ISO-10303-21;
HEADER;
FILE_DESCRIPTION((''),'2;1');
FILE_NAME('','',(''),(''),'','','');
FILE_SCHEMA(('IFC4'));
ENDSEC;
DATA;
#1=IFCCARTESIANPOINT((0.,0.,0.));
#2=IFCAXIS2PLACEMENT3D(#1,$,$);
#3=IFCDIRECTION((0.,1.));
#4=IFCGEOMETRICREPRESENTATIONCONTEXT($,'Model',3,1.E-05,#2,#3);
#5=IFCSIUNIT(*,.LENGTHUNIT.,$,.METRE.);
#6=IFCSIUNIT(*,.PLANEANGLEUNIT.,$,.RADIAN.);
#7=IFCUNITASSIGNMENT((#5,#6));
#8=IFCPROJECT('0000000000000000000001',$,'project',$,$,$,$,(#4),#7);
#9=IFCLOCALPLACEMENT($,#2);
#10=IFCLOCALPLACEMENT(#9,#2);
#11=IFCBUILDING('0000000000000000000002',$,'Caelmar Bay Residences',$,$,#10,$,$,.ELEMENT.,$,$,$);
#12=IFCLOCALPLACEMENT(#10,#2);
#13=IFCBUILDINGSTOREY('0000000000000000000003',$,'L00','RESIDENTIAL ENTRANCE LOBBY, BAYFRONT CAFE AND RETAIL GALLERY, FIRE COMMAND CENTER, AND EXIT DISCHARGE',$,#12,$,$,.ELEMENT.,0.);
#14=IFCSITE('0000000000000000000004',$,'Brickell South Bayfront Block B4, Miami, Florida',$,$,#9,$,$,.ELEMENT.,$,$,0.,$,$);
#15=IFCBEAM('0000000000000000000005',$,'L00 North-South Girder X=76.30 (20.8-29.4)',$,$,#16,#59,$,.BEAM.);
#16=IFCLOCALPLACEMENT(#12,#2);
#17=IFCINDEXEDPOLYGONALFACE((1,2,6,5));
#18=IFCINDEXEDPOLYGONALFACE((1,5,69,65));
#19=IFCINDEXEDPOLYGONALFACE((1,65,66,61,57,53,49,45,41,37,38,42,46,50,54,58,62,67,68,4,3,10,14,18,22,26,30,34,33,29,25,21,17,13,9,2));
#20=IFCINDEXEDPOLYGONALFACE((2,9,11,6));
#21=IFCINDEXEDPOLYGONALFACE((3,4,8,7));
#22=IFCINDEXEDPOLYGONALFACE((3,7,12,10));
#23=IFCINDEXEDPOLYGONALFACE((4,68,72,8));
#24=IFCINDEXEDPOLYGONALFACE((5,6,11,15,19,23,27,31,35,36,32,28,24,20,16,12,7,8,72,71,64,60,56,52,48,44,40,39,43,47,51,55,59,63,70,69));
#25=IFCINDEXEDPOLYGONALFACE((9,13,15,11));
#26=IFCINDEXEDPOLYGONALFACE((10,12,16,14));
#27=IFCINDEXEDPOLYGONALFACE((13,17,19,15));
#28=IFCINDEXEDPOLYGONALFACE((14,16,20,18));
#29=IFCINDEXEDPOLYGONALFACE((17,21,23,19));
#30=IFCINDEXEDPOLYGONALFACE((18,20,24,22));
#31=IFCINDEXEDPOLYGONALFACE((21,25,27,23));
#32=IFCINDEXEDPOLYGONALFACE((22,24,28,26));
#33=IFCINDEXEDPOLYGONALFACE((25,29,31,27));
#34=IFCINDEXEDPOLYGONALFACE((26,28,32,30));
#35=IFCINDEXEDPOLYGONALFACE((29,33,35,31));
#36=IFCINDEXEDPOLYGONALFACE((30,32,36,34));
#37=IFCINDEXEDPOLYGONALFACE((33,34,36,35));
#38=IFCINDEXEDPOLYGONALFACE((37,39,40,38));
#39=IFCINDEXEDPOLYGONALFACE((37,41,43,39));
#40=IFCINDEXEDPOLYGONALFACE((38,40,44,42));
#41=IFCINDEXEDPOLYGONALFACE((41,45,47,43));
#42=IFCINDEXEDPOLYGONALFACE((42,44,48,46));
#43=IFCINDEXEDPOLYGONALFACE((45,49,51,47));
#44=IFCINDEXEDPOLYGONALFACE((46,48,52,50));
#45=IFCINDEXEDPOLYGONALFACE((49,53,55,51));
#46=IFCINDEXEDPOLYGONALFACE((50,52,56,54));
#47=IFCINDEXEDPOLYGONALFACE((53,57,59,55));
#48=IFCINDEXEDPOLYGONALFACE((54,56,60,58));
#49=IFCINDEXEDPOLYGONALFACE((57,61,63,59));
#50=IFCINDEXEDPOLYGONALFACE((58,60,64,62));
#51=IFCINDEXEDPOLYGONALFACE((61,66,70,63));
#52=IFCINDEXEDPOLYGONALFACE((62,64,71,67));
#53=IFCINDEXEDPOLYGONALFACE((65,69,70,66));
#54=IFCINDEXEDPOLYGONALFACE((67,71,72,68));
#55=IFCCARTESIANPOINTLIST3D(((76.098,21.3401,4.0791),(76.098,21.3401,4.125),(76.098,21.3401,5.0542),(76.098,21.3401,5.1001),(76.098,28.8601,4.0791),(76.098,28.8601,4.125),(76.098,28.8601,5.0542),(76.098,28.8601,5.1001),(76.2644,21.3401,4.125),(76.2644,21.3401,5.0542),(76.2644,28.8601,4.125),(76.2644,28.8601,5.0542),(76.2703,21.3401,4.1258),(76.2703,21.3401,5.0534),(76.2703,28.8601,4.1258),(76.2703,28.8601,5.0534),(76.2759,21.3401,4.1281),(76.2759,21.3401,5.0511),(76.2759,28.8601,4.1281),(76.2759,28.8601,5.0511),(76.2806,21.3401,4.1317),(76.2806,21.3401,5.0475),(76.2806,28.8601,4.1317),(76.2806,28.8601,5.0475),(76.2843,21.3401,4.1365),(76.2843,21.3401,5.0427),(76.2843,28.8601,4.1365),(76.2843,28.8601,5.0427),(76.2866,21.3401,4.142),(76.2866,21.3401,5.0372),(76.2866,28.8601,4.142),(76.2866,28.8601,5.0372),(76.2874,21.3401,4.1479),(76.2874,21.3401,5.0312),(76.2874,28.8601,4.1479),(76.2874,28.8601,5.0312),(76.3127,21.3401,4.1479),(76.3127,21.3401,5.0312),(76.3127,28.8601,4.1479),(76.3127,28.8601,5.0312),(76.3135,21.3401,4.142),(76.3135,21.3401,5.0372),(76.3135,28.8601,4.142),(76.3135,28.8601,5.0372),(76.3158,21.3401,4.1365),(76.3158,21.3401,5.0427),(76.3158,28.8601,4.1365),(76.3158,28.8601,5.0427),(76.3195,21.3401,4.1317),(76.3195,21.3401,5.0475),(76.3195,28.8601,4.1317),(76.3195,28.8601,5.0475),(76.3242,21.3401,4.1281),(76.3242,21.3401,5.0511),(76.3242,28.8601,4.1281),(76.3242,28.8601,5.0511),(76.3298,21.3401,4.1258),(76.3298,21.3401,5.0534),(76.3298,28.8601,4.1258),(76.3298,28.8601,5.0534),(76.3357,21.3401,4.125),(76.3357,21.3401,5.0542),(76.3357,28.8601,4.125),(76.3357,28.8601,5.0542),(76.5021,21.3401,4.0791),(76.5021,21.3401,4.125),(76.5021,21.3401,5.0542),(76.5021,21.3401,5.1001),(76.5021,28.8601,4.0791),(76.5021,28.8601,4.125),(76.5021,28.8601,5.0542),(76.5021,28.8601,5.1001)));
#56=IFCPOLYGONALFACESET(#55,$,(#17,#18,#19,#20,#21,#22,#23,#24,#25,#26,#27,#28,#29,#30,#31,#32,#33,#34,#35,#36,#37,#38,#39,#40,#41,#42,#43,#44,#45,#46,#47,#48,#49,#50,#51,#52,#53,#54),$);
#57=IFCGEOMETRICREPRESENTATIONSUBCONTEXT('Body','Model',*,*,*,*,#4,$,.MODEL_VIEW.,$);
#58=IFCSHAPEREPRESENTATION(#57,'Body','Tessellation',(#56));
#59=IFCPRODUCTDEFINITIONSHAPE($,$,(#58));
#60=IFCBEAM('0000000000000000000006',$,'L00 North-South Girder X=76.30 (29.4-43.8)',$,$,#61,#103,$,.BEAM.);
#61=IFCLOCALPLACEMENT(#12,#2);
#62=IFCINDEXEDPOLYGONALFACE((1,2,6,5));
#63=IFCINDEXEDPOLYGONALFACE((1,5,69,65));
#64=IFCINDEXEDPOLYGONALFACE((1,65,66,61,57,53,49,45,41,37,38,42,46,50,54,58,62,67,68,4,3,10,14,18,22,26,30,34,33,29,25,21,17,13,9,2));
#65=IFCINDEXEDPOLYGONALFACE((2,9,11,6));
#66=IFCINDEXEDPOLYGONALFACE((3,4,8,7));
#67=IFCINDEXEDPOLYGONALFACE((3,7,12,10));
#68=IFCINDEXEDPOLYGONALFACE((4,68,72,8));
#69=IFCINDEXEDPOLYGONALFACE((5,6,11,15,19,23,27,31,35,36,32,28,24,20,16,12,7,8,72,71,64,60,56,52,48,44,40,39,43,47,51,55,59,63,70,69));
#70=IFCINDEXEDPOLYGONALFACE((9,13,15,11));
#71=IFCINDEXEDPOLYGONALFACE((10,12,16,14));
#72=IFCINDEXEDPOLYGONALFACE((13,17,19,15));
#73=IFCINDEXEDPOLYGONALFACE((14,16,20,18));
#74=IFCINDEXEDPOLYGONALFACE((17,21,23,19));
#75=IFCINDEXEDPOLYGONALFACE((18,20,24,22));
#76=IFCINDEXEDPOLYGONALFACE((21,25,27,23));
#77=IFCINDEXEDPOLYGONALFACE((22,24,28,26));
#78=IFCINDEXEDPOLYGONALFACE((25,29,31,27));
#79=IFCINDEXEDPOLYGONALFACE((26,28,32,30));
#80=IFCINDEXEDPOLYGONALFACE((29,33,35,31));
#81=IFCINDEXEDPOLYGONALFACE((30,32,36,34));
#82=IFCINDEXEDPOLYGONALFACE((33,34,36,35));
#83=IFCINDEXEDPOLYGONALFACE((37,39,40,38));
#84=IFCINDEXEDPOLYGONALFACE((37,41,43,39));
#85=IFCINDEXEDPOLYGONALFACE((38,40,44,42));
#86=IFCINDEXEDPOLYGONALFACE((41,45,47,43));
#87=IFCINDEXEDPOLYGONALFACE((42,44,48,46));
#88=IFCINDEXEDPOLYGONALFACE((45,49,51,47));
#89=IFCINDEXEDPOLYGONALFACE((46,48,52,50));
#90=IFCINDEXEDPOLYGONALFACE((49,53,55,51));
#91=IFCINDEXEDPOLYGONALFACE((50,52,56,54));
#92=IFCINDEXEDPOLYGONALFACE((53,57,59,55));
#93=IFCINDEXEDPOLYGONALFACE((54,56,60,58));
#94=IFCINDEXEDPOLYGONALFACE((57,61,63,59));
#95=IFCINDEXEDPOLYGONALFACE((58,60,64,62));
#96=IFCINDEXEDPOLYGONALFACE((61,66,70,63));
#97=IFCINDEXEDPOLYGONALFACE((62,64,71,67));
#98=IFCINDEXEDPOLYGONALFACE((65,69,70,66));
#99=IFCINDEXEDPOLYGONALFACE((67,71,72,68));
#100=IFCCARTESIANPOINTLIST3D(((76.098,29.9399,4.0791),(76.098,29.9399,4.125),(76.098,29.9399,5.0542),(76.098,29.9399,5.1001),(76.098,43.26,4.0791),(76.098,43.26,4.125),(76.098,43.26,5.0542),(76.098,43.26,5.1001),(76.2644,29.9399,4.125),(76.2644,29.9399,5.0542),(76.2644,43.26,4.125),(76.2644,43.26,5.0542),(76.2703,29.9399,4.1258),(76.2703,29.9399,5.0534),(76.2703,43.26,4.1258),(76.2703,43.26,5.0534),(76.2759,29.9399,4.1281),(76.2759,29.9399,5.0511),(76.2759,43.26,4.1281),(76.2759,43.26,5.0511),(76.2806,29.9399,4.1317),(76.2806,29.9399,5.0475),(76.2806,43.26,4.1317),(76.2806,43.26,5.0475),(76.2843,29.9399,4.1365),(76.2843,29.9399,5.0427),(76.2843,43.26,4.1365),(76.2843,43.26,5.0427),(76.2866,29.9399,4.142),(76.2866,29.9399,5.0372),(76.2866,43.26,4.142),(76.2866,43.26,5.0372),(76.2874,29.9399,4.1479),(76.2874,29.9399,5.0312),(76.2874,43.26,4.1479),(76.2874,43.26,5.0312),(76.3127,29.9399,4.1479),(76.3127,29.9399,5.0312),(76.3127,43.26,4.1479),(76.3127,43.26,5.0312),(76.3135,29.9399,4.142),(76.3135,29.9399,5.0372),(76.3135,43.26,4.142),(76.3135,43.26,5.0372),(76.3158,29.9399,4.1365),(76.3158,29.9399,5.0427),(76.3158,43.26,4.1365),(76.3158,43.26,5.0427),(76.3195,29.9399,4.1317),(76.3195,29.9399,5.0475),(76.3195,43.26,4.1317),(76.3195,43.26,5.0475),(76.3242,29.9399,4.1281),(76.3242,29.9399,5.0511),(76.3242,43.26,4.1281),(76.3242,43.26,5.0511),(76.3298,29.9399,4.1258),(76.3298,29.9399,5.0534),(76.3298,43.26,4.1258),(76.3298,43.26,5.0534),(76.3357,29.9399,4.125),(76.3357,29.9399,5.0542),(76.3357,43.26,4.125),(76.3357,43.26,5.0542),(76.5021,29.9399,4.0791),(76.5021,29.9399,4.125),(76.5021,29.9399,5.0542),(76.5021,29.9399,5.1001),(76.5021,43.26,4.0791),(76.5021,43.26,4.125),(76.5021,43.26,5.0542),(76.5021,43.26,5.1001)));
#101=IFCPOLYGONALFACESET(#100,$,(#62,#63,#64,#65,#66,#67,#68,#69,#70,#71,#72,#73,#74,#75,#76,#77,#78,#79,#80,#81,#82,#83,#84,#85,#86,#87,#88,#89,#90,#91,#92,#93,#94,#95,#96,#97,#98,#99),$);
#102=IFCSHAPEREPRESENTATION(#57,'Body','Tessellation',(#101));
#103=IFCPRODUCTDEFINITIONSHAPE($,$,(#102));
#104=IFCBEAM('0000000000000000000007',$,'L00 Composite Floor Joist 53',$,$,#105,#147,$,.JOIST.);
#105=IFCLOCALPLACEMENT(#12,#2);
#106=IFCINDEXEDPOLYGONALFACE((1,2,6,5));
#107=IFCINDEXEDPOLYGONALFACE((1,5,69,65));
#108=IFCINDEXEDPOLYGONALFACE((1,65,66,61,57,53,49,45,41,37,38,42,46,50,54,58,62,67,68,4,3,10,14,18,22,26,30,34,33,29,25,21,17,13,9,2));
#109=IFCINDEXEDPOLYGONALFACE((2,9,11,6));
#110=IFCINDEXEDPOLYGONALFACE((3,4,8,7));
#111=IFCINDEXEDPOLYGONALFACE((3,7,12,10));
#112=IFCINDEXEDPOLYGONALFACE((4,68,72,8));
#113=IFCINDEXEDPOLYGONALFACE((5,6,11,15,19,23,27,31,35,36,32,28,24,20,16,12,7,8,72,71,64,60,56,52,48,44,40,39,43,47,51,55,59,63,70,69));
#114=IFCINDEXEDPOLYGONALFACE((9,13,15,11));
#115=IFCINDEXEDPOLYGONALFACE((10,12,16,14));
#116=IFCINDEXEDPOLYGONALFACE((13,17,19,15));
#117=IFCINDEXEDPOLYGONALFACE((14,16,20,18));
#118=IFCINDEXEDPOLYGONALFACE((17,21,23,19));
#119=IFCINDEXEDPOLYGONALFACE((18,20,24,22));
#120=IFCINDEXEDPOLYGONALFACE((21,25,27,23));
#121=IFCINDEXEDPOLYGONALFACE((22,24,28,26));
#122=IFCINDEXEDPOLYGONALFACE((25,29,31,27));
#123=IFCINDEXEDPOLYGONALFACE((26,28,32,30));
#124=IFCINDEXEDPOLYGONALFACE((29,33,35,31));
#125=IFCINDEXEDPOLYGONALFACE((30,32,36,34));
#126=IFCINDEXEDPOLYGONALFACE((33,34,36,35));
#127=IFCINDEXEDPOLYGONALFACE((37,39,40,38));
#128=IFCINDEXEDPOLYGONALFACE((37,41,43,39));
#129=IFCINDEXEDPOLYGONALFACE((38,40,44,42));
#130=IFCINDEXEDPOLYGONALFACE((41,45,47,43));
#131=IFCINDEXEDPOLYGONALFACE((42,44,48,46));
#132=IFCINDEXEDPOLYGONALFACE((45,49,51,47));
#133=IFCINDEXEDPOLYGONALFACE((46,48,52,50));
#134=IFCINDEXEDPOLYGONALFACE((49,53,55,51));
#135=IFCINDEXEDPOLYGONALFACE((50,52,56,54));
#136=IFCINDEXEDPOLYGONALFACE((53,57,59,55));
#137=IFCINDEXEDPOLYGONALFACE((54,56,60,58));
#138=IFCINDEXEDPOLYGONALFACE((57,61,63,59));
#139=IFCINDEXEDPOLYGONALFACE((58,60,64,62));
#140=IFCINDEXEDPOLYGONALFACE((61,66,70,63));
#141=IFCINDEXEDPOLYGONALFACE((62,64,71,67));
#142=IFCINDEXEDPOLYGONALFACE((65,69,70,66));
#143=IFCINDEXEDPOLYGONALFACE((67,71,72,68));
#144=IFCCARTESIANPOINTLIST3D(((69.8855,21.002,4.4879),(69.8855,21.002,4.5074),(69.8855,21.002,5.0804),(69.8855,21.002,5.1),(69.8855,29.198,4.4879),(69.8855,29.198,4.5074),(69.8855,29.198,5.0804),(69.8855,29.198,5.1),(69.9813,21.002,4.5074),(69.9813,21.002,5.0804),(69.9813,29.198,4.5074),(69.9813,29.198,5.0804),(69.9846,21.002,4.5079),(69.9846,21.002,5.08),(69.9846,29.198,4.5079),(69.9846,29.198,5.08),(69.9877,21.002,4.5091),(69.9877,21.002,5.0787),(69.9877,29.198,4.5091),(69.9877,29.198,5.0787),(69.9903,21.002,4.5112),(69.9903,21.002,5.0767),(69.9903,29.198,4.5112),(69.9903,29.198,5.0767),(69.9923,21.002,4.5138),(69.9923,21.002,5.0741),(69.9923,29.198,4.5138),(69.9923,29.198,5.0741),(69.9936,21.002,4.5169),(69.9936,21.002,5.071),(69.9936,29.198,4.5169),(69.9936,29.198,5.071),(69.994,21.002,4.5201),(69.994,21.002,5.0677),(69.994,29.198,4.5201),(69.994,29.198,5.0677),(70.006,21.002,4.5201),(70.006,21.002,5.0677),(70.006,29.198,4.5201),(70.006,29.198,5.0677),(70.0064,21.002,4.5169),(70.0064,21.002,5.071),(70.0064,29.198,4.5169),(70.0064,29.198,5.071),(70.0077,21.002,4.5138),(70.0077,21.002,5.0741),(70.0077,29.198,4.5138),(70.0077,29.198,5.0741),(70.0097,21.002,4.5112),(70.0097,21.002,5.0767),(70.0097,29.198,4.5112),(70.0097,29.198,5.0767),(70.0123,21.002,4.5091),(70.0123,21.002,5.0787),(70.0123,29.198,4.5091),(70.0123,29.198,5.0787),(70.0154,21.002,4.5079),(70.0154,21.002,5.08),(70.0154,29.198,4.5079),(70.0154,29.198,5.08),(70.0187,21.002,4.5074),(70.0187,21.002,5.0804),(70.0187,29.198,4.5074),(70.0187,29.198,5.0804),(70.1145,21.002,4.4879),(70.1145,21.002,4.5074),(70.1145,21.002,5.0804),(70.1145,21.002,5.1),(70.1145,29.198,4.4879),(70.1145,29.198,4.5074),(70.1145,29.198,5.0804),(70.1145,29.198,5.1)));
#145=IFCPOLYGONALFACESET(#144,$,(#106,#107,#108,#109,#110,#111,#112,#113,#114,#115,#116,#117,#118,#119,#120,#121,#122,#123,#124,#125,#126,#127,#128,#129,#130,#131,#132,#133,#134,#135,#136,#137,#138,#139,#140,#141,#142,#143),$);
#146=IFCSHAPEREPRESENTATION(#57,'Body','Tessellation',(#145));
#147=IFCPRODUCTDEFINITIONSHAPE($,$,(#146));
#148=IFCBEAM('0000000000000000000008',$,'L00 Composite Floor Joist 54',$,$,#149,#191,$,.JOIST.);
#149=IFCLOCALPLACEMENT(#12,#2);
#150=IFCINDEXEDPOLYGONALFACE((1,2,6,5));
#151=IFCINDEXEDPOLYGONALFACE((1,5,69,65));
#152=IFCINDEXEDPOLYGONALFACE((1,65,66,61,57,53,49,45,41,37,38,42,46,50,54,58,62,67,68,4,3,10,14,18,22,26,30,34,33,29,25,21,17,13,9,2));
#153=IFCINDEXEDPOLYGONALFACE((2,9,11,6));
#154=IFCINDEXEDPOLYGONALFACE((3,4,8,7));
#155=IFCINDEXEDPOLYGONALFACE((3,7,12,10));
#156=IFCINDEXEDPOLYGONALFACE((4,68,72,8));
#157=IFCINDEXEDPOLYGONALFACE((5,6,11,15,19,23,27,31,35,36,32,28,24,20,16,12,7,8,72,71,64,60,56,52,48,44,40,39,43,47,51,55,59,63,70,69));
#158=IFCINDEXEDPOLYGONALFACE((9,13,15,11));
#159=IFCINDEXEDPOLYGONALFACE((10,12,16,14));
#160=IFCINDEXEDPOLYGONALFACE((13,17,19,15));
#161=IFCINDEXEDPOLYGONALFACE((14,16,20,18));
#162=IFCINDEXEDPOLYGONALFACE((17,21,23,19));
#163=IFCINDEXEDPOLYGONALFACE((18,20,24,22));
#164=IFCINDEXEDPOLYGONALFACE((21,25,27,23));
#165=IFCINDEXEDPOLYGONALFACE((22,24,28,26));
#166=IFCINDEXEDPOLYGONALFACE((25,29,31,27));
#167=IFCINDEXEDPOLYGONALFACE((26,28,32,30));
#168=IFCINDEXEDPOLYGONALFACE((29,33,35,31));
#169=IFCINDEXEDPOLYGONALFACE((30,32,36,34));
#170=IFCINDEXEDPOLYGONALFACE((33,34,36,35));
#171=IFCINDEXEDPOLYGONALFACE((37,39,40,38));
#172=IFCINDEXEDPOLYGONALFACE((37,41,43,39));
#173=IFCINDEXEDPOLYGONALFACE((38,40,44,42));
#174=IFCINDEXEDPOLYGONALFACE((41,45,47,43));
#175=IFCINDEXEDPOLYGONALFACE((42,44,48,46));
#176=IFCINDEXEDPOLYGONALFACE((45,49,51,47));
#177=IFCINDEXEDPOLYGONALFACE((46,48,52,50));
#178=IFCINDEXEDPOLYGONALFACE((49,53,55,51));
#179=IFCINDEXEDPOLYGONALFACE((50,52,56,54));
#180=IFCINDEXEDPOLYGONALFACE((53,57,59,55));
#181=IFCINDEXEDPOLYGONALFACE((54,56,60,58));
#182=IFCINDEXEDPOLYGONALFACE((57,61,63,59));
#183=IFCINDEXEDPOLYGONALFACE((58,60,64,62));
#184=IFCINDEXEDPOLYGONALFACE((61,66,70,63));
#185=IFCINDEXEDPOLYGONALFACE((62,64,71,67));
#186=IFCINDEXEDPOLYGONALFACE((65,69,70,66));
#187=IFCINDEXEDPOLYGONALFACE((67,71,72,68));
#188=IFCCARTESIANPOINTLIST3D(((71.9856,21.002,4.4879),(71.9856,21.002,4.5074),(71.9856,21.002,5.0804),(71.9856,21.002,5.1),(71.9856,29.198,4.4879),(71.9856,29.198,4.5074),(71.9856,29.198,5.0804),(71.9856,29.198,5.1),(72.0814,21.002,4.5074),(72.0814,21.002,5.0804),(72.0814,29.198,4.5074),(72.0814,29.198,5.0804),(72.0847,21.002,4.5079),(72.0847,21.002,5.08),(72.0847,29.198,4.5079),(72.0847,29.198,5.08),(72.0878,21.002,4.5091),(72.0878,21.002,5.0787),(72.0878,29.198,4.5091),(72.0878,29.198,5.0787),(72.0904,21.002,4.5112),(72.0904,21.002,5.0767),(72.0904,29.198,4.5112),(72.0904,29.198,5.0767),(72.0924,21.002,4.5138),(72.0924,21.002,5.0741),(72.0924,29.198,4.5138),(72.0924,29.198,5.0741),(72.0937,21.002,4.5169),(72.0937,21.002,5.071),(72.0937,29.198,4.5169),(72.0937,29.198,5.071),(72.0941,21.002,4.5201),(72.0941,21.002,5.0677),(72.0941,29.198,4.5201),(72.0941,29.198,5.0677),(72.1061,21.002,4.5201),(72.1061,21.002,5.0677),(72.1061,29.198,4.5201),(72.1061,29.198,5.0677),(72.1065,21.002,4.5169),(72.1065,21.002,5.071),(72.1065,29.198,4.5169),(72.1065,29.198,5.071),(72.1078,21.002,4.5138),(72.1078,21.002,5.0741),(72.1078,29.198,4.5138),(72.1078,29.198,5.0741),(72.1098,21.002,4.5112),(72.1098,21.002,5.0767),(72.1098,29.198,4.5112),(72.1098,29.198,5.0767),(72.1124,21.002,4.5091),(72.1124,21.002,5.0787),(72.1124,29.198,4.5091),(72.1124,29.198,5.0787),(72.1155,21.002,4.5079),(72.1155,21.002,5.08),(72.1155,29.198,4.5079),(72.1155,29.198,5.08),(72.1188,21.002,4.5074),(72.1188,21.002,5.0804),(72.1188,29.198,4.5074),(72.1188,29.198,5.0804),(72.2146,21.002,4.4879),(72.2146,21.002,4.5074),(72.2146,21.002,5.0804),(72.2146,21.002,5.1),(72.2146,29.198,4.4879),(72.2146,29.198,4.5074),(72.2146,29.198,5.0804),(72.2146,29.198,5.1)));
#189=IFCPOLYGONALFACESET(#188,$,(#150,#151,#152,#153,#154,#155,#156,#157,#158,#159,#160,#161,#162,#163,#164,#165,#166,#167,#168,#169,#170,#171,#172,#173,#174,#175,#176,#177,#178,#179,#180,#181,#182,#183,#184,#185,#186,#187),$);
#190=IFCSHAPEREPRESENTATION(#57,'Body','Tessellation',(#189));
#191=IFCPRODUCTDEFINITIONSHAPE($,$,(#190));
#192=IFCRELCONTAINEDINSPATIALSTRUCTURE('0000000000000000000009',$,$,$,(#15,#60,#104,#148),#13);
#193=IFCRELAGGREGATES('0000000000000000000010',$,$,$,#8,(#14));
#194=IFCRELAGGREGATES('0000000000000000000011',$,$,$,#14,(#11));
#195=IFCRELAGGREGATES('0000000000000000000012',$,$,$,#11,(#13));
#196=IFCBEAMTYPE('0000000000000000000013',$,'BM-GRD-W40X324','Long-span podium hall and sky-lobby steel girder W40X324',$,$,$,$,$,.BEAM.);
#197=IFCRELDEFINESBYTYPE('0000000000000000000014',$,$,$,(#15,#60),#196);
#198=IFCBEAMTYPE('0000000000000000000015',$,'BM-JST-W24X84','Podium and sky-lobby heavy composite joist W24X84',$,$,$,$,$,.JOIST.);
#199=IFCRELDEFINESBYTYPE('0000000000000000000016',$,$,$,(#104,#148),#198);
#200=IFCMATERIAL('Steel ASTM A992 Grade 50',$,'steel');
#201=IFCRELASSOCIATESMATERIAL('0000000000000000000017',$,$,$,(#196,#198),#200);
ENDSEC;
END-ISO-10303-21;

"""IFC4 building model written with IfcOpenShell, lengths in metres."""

from ifc_helpers import new_model, si_unit, direction, frame, origin, origin_2d, place, context, subcontext, project, spatial, i_section, extrude, material, material_profile, profile_set, type_object, element, save


model = new_model("IFC4")

# Units and contexts
model_context = context("Model", 3, precision=1e-05, world=origin(), true_north=direction((0.0, 1.0)))
body_context = subcontext(model_context, "Body", "Model", "MODEL_VIEW")
ifc_project = project(units=[si_unit("LENGTHUNIT", "METRE"), si_unit("PLANEANGLEUNIT", "RADIAN")], contexts=[model_context])

# Site, building, storey
site_placement = place(None, origin())
site = spatial("IfcSite", under=ifc_project, at=site_placement, Name="Brickell South Bayfront Block B4, Miami, Florida", CompositionType="ELEMENT", RefElevation=0.0)
building_placement = place(site_placement, origin())
building = spatial("IfcBuilding", under=site, at=building_placement, Name="Caelmar Bay Residences", CompositionType="ELEMENT")
storey_placement = place(building_placement, origin())
storey = spatial("IfcBuildingStorey", under=building, at=storey_placement, Name="L00", Description="RESIDENTIAL ENTRANCE LOBBY, BAYFRONT CAFE AND RETAIL GALLERY, FIRE COMMAND CENTER, AND EXIT DISCHARGE", CompositionType="ELEMENT", Elevation=0.0)

# Beams
ifc_material_1 = material(Name="Steel ASTM A992 Grade 50", Category="steel")
ifc_material_profile_1 = material_profile(ifc_material_1, i_section(OverallWidth=0.4041, OverallDepth=1.021, WebThickness=0.0254, FlangeThickness=0.0459, FilletRadius=0.0229, at=origin_2d()), Name="W40X324")
ifc_profile_set_1 = profile_set([ifc_material_profile_1], Name="Steel ASTM A992 Grade 50")
beam_type_1 = type_object("IfcBeamType", Name="BM-GRD-W40X324", Description="Long-span podium hall and sky-lobby steel girder W40X324", PredefinedType="BEAM", material=ifc_profile_set_1)
beam_1_placement = place(storey_placement, frame((76.3, 21.3401, 4.5896), z_axis=(0.0, 1.0, 0.0), x_axis=(-1.0, 0.0, 0.0)))
element("IfcBeam", 1, at=beam_1_placement, inside=storey, type_object=beam_type_1, Name="L00 North-South Girder X=76.30 (20.8-29.4)", PredefinedType="BEAM", context=body_context, shape_type="SweptSolid", body=[
    extrude(i_section(OverallWidth=0.4041, OverallDepth=1.021, WebThickness=0.0254, FlangeThickness=0.0459, FilletRadius=0.0229, at=origin_2d()), origin(), (0.0, 0.0, 1.0), 7.52),
])
beam_2_placement = place(storey_placement, frame((76.3, 29.9399, 4.5896), z_axis=(0.0, 1.0, 0.0), x_axis=(-1.0, 0.0, 0.0)))
element("IfcBeam", 2, at=beam_2_placement, inside=storey, type_object=beam_type_1, Name="L00 North-South Girder X=76.30 (29.4-43.8)", PredefinedType="BEAM", context=body_context, shape_type="SweptSolid", body=[
    extrude(i_section(OverallWidth=0.4041, OverallDepth=1.021, WebThickness=0.0254, FlangeThickness=0.0459, FilletRadius=0.0229, at=origin_2d()), origin(), (0.0, 0.0, 1.0), 13.3201),
])
ifc_material_profile_2 = material_profile(ifc_material_1, i_section(OverallWidth=0.229, OverallDepth=0.6121, WebThickness=0.012, FlangeThickness=0.0195, FilletRadius=0.0127, at=origin_2d()), Name="W24X84")
ifc_profile_set_2 = profile_set([ifc_material_profile_2], Name="Steel ASTM A992 Grade 50")
beam_type_2 = type_object("IfcBeamType", Name="BM-JST-W24X84", Description="Podium and sky-lobby heavy composite joist W24X84", PredefinedType="JOIST", material=ifc_profile_set_2)
for number, where, z_axis, x_axis, name in (
    (3, (70.0, 21.002, 4.7939), (0.0, 1.0, 0.0), (-1.0, 0.0, 0.0), "L00 Composite Floor Joist 53"),
    (4, (72.1001, 21.002, 4.7939), (0.0, 1.0, 0.0), (-1.0, 0.0, 0.0), "L00 Composite Floor Joist 54"),
):
    element("IfcBeam", number, at=place(storey_placement, frame(where, z_axis=z_axis, x_axis=x_axis)), inside=storey, type_object=beam_type_2, Name=name, PredefinedType="JOIST", context=body_context, shape_type="SweptSolid", body=[
        extrude(i_section(OverallWidth=0.229, OverallDepth=0.6121, WebThickness=0.012, FlangeThickness=0.0195, FilletRadius=0.0127, at=origin_2d()), origin(), (0.0, 0.0, 1.0), 8.196),
    ])

save(model, "model.ifc")
